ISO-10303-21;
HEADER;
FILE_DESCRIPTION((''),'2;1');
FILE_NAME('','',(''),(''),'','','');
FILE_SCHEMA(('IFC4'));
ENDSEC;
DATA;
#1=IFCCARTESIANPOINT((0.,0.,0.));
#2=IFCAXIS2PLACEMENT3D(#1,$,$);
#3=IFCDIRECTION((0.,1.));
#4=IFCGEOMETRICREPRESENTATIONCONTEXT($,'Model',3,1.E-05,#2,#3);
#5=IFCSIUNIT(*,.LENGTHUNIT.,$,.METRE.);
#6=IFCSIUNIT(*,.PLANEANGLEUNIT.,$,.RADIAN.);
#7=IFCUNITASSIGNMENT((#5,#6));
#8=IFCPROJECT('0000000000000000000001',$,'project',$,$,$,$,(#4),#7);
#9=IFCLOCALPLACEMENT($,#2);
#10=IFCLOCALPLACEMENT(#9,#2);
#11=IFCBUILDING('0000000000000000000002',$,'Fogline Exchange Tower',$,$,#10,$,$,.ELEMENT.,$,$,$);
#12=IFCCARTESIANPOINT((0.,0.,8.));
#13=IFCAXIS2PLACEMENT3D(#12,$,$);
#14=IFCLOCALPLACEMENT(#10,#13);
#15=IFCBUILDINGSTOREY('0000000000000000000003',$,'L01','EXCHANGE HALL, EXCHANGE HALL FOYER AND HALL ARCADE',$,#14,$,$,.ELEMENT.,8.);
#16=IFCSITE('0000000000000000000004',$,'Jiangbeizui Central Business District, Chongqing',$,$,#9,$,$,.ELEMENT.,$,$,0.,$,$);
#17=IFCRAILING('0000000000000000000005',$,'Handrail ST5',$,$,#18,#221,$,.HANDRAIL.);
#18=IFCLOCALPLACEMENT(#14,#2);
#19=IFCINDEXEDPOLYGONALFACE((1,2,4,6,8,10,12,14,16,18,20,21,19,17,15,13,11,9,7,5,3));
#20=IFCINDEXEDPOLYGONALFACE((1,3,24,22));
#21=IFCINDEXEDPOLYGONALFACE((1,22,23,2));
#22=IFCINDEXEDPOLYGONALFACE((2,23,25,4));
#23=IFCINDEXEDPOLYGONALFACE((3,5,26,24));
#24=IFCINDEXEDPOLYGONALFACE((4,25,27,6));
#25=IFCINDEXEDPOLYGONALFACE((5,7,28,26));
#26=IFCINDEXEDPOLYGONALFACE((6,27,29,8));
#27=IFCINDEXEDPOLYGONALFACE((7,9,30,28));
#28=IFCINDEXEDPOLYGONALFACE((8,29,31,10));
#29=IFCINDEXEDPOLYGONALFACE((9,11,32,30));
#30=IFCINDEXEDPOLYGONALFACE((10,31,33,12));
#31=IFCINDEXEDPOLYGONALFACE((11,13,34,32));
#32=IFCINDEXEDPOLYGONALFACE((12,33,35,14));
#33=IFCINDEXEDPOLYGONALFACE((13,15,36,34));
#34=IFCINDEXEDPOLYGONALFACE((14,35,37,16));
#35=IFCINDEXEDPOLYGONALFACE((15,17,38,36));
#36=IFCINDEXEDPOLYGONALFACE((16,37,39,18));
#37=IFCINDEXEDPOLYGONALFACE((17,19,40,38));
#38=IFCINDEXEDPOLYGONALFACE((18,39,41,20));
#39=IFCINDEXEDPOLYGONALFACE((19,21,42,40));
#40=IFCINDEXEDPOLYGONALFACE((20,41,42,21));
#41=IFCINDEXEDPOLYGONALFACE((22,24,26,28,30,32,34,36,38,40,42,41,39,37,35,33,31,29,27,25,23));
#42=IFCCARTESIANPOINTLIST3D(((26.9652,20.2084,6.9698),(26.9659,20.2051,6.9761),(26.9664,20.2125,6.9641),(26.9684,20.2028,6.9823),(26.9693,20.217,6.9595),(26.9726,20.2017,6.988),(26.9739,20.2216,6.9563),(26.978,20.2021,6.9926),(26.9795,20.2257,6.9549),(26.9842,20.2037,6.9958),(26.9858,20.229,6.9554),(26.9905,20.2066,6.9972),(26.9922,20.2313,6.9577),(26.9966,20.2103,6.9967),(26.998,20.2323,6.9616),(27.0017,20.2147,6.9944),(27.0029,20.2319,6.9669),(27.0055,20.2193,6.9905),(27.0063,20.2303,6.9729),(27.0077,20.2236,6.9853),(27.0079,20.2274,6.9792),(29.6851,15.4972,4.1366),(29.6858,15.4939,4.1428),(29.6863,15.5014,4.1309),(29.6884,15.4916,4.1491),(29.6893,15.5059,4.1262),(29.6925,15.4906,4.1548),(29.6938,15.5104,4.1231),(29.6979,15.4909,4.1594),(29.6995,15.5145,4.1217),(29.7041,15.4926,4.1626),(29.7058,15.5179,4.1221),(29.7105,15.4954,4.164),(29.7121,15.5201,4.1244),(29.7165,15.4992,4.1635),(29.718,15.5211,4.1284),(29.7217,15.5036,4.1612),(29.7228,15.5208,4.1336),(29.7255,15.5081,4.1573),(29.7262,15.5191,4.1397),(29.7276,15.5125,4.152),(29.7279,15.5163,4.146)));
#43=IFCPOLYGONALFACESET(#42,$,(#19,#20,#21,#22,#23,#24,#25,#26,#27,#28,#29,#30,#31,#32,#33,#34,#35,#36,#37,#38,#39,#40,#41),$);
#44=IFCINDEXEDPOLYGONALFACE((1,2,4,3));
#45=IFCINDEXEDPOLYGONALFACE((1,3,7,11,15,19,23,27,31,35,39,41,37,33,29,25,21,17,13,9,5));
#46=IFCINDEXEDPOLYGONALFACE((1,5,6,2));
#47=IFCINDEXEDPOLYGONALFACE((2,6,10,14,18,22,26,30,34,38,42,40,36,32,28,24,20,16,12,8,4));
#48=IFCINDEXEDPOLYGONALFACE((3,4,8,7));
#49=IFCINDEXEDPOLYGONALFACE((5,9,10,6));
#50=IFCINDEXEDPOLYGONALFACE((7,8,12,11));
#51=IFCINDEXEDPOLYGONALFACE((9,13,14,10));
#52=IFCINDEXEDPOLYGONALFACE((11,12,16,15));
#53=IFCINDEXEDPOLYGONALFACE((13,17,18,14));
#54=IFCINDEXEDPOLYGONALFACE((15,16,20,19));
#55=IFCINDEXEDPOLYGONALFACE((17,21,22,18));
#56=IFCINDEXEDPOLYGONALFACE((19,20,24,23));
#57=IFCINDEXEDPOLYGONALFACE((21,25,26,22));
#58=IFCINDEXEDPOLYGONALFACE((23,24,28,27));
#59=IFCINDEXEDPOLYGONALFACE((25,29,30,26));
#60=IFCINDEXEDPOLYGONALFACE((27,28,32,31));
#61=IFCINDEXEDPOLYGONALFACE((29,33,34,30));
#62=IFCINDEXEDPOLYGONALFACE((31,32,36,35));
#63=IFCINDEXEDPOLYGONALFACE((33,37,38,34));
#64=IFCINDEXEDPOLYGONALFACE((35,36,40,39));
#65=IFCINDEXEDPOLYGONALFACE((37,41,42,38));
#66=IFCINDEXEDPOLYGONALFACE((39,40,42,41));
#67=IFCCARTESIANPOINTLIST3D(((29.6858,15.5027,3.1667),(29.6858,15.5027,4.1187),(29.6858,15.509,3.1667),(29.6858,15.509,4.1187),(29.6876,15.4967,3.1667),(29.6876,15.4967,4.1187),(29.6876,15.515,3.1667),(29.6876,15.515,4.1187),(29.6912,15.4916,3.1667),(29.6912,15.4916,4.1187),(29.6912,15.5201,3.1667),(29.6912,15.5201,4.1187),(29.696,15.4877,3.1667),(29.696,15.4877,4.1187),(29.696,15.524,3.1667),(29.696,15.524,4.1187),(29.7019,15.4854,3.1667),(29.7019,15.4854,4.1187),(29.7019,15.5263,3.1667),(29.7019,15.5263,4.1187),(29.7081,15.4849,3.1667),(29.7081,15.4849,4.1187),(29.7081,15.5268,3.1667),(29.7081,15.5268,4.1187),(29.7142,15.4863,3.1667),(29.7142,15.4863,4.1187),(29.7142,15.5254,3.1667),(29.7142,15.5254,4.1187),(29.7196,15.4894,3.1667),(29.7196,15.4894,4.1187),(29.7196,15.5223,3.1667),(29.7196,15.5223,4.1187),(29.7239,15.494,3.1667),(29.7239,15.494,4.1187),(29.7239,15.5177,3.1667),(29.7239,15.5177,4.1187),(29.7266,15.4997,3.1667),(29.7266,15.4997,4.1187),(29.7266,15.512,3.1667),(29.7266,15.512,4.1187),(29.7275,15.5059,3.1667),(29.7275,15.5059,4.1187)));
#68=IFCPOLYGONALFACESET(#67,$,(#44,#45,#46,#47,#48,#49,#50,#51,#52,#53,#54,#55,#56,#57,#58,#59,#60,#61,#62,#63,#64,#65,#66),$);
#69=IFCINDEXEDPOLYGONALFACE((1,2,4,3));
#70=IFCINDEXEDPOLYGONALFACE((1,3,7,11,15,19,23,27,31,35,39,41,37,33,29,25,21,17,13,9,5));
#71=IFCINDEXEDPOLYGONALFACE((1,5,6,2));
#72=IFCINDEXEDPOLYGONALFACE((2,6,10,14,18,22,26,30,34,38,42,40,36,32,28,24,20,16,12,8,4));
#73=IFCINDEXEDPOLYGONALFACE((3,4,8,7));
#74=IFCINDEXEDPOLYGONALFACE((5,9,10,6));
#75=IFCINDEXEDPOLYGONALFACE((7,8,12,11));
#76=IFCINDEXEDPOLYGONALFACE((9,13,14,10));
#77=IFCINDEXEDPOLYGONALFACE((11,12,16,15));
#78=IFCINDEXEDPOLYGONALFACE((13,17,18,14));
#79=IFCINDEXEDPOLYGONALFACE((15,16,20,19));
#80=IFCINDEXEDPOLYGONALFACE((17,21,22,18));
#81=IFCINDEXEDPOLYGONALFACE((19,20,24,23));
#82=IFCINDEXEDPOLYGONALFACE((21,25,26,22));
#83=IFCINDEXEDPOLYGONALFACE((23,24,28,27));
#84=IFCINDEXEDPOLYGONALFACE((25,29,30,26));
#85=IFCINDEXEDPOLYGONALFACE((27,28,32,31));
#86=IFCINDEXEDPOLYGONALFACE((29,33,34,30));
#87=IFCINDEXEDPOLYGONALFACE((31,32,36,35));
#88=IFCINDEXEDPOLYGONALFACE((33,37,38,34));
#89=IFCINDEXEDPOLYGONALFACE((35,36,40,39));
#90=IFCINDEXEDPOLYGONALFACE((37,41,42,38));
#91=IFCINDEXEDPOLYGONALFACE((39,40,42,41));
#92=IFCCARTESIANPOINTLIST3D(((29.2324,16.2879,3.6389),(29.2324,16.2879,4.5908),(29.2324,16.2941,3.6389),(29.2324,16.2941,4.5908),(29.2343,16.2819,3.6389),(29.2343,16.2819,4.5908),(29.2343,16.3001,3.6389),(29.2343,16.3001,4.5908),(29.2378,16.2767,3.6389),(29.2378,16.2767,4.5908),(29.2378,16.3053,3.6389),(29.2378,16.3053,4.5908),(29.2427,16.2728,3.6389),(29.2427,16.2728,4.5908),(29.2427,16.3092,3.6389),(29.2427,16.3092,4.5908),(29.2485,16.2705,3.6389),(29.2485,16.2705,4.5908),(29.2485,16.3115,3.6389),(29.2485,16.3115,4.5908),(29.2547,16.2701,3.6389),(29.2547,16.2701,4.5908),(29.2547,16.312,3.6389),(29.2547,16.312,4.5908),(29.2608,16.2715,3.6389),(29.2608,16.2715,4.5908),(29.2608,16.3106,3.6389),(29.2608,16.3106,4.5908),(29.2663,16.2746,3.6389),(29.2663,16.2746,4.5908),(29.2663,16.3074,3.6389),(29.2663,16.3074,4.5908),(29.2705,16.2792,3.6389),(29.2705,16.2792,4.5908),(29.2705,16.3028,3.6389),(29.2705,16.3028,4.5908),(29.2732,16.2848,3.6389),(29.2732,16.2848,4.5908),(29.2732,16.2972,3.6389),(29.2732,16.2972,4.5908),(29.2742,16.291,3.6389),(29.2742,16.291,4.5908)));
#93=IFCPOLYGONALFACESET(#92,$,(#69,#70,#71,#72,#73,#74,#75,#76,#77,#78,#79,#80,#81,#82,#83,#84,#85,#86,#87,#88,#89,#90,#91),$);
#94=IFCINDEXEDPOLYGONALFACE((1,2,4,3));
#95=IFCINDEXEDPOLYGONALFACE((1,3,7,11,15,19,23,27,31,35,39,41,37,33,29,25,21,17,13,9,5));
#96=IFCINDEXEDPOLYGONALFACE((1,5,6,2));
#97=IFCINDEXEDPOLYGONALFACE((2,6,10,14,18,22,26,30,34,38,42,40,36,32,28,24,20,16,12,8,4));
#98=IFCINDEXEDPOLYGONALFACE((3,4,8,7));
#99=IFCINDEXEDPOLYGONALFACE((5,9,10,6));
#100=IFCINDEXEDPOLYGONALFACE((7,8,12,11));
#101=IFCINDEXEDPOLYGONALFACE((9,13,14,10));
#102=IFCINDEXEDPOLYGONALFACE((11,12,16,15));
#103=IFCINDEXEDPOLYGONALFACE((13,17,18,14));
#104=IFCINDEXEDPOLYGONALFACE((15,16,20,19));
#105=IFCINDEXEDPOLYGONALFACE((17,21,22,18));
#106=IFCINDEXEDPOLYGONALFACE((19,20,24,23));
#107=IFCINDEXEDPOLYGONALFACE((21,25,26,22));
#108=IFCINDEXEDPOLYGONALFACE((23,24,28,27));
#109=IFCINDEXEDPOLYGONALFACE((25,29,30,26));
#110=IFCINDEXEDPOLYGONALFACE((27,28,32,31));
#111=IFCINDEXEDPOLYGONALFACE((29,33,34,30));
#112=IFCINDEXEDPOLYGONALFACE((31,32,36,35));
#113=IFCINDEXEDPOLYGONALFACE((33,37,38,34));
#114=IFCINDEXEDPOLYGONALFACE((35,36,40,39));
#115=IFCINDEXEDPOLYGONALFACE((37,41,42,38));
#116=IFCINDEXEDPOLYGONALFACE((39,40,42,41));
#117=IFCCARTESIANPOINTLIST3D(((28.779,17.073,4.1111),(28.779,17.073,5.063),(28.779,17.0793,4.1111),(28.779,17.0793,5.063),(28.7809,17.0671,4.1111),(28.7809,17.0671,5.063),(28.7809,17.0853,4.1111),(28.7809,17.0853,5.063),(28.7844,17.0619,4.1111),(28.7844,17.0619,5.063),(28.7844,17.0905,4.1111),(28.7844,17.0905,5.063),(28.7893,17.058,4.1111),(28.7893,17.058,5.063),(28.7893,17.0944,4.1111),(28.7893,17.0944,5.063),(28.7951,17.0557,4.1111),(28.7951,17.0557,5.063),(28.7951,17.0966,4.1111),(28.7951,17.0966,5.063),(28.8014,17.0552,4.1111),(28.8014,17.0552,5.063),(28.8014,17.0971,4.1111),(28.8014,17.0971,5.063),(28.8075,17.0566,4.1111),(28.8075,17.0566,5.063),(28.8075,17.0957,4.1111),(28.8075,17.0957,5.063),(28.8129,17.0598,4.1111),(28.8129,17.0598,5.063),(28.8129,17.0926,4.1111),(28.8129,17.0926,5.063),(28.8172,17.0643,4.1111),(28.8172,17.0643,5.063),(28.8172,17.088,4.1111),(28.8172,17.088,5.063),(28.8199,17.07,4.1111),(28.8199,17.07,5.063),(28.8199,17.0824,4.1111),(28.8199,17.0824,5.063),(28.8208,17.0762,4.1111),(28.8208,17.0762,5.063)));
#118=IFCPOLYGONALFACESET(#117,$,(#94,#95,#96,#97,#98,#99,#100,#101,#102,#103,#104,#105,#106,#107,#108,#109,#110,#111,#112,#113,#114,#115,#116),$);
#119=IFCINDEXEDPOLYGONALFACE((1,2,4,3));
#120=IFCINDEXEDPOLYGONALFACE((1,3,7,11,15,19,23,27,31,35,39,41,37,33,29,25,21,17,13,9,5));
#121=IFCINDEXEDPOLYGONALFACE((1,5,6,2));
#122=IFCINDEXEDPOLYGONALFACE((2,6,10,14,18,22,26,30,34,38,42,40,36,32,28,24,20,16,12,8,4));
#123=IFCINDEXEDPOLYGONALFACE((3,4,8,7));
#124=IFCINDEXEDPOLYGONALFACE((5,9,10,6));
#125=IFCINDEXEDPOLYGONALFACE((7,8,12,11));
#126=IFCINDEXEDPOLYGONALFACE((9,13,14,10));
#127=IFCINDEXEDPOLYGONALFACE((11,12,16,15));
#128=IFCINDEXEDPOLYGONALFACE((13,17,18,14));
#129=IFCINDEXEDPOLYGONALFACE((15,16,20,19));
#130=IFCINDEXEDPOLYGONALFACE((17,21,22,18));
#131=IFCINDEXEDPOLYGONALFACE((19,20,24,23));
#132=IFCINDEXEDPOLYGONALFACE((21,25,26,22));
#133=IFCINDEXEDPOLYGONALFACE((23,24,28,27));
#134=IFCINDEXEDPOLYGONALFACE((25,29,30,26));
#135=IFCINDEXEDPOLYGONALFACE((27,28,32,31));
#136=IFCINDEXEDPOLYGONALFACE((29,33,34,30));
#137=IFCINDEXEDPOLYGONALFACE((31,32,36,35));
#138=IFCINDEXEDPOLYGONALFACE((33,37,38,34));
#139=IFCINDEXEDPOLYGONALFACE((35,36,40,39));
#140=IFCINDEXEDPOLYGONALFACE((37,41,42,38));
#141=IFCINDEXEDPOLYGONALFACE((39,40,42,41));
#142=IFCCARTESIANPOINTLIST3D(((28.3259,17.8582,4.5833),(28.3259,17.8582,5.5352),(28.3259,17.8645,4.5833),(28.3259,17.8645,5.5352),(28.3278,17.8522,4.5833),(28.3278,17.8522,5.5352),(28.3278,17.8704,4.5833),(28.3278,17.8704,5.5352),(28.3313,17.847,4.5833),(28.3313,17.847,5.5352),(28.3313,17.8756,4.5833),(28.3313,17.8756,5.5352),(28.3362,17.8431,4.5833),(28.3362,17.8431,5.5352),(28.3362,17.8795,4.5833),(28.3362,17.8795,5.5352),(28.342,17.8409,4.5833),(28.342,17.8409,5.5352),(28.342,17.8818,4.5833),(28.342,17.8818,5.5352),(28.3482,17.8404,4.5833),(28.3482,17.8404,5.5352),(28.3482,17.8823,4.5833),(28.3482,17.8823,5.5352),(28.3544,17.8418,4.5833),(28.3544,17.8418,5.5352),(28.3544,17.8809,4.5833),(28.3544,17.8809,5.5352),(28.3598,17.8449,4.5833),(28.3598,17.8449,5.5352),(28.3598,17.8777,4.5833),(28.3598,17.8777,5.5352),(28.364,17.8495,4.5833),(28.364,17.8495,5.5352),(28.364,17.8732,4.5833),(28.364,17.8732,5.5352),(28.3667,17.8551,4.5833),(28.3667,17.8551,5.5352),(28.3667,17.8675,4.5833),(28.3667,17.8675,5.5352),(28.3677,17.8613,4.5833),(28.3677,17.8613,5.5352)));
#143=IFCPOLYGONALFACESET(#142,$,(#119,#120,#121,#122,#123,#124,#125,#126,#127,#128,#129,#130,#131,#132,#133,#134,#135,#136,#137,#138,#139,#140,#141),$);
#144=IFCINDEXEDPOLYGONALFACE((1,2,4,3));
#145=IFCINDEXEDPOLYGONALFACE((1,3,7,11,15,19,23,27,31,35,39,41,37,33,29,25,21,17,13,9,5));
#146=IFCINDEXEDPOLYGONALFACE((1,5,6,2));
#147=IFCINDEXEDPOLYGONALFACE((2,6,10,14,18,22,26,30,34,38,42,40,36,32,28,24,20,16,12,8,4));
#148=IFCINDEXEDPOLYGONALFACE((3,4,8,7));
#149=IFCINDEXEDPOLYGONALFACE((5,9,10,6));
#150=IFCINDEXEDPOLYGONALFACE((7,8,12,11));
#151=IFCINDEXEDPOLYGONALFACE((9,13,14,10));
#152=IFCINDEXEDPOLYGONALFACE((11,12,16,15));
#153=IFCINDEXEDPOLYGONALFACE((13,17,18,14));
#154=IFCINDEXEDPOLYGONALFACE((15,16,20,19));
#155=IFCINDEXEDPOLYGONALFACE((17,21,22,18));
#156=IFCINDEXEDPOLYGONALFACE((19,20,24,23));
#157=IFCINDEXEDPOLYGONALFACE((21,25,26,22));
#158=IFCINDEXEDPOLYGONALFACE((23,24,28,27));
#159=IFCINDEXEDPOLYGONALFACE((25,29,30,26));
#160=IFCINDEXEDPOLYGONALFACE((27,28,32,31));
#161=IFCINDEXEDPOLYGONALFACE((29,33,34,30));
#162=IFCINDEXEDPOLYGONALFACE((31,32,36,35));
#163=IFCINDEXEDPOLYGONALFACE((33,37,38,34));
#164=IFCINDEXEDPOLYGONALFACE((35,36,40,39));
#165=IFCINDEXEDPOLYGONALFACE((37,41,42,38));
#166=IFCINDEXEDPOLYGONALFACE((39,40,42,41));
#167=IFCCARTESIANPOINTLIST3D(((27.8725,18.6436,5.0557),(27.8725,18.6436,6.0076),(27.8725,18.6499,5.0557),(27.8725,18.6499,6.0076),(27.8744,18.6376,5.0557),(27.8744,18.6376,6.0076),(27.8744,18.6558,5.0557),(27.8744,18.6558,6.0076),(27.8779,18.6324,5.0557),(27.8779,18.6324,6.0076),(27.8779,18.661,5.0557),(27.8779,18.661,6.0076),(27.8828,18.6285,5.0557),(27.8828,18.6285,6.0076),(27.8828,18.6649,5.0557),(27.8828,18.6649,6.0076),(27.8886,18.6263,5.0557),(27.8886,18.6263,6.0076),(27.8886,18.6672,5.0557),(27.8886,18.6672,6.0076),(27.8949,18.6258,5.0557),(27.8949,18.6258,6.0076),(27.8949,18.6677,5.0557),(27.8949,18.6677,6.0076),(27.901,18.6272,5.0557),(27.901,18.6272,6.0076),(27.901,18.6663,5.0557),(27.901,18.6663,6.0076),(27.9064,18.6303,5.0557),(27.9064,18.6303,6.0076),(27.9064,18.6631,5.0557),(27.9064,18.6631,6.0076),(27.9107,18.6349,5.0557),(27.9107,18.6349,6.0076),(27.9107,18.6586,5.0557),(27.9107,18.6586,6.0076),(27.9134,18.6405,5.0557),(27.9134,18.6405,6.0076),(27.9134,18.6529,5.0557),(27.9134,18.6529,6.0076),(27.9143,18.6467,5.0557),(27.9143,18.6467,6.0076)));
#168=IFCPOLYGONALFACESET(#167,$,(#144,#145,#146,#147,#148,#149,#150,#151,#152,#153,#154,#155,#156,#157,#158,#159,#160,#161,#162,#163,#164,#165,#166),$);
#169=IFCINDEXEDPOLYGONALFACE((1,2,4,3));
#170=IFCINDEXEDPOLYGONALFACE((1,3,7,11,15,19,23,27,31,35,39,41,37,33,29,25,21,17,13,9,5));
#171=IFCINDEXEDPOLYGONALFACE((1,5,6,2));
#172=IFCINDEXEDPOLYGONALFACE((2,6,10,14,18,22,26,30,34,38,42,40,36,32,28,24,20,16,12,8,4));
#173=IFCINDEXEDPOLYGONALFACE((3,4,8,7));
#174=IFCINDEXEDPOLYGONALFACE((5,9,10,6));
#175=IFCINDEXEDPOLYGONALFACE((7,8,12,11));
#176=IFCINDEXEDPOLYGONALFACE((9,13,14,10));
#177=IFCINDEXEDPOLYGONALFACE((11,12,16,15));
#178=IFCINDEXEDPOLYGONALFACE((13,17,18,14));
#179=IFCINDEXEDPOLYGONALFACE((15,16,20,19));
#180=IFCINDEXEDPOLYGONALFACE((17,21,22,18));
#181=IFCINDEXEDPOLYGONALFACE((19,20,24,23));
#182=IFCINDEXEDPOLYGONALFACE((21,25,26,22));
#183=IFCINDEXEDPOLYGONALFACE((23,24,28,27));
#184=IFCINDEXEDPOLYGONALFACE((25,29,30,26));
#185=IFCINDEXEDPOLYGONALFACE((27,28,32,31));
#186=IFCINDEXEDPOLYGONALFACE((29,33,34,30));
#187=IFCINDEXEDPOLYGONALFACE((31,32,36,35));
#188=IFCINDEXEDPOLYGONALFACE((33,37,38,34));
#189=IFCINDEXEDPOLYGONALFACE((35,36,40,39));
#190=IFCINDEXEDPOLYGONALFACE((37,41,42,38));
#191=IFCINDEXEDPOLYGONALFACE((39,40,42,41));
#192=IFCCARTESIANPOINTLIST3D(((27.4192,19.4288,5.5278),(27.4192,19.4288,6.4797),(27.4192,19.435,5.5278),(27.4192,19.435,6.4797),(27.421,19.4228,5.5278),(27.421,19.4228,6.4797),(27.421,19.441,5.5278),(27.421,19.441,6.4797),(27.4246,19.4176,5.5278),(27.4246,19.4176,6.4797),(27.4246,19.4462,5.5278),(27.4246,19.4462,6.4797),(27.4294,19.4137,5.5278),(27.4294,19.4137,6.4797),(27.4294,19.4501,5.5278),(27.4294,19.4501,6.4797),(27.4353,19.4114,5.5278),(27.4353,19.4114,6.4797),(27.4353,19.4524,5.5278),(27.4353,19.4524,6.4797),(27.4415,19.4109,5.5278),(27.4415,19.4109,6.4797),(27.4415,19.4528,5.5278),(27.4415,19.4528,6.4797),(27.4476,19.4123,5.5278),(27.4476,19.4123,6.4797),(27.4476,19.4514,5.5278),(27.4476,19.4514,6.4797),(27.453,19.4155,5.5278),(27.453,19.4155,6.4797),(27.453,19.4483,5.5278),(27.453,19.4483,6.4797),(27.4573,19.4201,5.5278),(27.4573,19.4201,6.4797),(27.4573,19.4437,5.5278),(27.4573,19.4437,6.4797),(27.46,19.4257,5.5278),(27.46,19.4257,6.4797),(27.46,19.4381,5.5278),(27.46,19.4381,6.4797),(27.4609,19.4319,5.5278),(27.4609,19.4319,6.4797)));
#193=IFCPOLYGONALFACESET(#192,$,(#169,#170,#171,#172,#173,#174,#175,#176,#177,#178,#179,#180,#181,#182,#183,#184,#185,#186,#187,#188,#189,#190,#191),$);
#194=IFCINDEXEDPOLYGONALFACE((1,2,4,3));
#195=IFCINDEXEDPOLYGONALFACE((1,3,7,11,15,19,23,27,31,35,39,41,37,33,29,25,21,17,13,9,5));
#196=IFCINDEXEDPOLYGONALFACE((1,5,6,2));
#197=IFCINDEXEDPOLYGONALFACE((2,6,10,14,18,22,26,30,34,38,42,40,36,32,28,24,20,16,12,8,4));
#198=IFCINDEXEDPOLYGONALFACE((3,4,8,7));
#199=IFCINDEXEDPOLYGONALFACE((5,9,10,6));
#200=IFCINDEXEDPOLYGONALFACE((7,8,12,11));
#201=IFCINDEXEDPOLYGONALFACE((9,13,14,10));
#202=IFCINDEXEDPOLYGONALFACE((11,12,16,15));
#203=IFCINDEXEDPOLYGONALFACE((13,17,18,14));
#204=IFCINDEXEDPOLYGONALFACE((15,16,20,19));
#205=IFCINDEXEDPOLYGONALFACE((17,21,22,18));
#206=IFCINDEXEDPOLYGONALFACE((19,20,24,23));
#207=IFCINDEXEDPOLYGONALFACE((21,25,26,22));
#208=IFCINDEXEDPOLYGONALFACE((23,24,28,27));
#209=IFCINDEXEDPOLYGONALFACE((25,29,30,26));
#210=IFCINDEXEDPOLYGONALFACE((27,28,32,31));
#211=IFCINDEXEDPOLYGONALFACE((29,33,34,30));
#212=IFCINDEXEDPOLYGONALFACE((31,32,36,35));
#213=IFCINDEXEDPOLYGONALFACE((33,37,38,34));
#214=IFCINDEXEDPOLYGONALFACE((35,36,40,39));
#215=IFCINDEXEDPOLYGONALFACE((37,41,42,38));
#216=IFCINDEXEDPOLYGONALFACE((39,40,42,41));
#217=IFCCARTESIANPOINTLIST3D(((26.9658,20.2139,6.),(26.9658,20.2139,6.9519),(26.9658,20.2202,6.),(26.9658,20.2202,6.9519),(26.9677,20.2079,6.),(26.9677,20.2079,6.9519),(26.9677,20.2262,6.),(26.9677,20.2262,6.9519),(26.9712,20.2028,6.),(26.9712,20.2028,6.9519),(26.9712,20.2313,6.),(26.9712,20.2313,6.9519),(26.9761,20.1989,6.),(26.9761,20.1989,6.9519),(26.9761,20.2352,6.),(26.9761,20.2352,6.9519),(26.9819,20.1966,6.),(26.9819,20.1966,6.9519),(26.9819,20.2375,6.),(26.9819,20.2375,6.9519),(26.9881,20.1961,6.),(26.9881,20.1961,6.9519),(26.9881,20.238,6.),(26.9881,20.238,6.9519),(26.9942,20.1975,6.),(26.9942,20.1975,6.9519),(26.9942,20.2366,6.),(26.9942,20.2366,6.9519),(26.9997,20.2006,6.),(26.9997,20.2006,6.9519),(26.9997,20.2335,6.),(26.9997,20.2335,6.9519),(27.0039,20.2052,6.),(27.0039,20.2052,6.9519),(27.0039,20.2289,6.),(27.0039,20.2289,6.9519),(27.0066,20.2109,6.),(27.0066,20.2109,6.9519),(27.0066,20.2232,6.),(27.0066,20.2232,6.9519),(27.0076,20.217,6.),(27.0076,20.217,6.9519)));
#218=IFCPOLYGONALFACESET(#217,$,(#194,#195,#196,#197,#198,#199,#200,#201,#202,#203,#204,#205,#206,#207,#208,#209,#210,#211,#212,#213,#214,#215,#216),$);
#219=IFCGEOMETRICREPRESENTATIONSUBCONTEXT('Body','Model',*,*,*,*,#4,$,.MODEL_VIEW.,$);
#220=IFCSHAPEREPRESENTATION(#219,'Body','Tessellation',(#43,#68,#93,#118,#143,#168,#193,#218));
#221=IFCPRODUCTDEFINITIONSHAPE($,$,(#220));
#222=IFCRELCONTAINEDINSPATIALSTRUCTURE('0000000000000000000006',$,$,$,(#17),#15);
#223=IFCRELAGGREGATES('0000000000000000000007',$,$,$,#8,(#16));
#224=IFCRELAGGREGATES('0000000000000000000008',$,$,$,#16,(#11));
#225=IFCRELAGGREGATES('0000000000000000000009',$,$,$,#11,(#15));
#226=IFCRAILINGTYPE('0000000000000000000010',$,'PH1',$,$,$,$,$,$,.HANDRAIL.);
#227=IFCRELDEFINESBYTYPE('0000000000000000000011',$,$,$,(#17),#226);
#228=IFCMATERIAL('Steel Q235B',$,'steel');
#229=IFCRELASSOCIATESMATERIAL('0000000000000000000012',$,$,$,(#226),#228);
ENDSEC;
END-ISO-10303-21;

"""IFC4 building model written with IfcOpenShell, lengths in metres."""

from ifc_helpers import new_model, si_unit, direction, frame, origin, origin_2d, place, context, subcontext, project, spatial, circle, extrude, material, type_object, element, save


model = new_model("IFC4")

# Units and contexts
model_context = context("Model", 3, precision=1e-05, world=origin(), true_north=direction((0.0, 1.0)))
body_context = subcontext(model_context, "Body", "Model", "MODEL_VIEW")
ifc_project = project(units=[si_unit("LENGTHUNIT", "METRE"), si_unit("PLANEANGLEUNIT", "RADIAN")], contexts=[model_context])

# Site, building, storey
site_placement = place(None, origin())
site = spatial("IfcSite", under=ifc_project, at=site_placement, Name="Jiangbeizui Central Business District, Chongqing", CompositionType="ELEMENT", RefElevation=0.0)
building_placement = place(site_placement, origin())
building = spatial("IfcBuilding", under=site, at=building_placement, Name="Fogline Exchange Tower", CompositionType="ELEMENT")
storey_placement = place(building_placement, frame((0.0, 0.0, 8.0)))
storey = spatial("IfcBuildingStorey", under=building, at=storey_placement, Name="L01", Description="EXCHANGE HALL, EXCHANGE HALL FOYER AND HALL ARCADE", CompositionType="ELEMENT", Elevation=8.0)

# Shared definitions
ifc_material_1 = material(Name="Steel Q235B", Category="steel")

# Railing
railing_type_1 = type_object("IfcRailingType", Name="PH1", PredefinedType="HANDRAIL", material=ifc_material_1)
railing_1_placement = place(storey_placement, frame((29.7065, 15.5059, 3.1667)))
element("IfcRailing", 1, at=railing_1_placement, inside=storey, type_object=railing_type_1, Name="Handrail ST5", PredefinedType="HANDRAIL", context=body_context, shape_type="SweptSolid", body=[
    extrude(circle(Radius=0.0239, at=origin_2d()), frame((0.0, 0.0, 0.9761), z_axis=(-0.443456, 0.768097, 0.461925), x_axis=(-0.866028, -0.499996, 0.0)), (0.0, 0.0, 1.0), 6.1335),
    extrude(circle(Radius=0.021, at=origin_2d()), origin(), (0.0, 0.0, 1.0), 0.9519),
    extrude(circle(Radius=0.021, at=origin_2d()), frame((-0.4534, 0.7852, 0.4722)), (0.0, 0.0, 1.0), 0.9519),
    extrude(circle(Radius=0.021, at=origin_2d()), frame((-0.9067, 1.5703, 0.9443)), (0.0, 0.0, 1.0), 0.9519),
    extrude(circle(Radius=0.021, at=origin_2d()), frame((-1.3599, 2.3555, 1.4165)), (0.0, 0.0, 1.0), 0.9519),
    extrude(circle(Radius=0.021, at=origin_2d()), frame((-1.8132, 3.1409, 1.8889)), (0.0, 0.0, 1.0), 0.9519),
    extrude(circle(Radius=0.021, at=origin_2d()), frame((-2.2666, 3.926, 2.3611)), (0.0, 0.0, 1.0), 0.9519),
    extrude(circle(Radius=0.021, at=origin_2d()), frame((-2.72, 4.7112, 2.8333)), (0.0, 0.0, 1.0), 0.9519),
])

save(model, "model.ifc")
